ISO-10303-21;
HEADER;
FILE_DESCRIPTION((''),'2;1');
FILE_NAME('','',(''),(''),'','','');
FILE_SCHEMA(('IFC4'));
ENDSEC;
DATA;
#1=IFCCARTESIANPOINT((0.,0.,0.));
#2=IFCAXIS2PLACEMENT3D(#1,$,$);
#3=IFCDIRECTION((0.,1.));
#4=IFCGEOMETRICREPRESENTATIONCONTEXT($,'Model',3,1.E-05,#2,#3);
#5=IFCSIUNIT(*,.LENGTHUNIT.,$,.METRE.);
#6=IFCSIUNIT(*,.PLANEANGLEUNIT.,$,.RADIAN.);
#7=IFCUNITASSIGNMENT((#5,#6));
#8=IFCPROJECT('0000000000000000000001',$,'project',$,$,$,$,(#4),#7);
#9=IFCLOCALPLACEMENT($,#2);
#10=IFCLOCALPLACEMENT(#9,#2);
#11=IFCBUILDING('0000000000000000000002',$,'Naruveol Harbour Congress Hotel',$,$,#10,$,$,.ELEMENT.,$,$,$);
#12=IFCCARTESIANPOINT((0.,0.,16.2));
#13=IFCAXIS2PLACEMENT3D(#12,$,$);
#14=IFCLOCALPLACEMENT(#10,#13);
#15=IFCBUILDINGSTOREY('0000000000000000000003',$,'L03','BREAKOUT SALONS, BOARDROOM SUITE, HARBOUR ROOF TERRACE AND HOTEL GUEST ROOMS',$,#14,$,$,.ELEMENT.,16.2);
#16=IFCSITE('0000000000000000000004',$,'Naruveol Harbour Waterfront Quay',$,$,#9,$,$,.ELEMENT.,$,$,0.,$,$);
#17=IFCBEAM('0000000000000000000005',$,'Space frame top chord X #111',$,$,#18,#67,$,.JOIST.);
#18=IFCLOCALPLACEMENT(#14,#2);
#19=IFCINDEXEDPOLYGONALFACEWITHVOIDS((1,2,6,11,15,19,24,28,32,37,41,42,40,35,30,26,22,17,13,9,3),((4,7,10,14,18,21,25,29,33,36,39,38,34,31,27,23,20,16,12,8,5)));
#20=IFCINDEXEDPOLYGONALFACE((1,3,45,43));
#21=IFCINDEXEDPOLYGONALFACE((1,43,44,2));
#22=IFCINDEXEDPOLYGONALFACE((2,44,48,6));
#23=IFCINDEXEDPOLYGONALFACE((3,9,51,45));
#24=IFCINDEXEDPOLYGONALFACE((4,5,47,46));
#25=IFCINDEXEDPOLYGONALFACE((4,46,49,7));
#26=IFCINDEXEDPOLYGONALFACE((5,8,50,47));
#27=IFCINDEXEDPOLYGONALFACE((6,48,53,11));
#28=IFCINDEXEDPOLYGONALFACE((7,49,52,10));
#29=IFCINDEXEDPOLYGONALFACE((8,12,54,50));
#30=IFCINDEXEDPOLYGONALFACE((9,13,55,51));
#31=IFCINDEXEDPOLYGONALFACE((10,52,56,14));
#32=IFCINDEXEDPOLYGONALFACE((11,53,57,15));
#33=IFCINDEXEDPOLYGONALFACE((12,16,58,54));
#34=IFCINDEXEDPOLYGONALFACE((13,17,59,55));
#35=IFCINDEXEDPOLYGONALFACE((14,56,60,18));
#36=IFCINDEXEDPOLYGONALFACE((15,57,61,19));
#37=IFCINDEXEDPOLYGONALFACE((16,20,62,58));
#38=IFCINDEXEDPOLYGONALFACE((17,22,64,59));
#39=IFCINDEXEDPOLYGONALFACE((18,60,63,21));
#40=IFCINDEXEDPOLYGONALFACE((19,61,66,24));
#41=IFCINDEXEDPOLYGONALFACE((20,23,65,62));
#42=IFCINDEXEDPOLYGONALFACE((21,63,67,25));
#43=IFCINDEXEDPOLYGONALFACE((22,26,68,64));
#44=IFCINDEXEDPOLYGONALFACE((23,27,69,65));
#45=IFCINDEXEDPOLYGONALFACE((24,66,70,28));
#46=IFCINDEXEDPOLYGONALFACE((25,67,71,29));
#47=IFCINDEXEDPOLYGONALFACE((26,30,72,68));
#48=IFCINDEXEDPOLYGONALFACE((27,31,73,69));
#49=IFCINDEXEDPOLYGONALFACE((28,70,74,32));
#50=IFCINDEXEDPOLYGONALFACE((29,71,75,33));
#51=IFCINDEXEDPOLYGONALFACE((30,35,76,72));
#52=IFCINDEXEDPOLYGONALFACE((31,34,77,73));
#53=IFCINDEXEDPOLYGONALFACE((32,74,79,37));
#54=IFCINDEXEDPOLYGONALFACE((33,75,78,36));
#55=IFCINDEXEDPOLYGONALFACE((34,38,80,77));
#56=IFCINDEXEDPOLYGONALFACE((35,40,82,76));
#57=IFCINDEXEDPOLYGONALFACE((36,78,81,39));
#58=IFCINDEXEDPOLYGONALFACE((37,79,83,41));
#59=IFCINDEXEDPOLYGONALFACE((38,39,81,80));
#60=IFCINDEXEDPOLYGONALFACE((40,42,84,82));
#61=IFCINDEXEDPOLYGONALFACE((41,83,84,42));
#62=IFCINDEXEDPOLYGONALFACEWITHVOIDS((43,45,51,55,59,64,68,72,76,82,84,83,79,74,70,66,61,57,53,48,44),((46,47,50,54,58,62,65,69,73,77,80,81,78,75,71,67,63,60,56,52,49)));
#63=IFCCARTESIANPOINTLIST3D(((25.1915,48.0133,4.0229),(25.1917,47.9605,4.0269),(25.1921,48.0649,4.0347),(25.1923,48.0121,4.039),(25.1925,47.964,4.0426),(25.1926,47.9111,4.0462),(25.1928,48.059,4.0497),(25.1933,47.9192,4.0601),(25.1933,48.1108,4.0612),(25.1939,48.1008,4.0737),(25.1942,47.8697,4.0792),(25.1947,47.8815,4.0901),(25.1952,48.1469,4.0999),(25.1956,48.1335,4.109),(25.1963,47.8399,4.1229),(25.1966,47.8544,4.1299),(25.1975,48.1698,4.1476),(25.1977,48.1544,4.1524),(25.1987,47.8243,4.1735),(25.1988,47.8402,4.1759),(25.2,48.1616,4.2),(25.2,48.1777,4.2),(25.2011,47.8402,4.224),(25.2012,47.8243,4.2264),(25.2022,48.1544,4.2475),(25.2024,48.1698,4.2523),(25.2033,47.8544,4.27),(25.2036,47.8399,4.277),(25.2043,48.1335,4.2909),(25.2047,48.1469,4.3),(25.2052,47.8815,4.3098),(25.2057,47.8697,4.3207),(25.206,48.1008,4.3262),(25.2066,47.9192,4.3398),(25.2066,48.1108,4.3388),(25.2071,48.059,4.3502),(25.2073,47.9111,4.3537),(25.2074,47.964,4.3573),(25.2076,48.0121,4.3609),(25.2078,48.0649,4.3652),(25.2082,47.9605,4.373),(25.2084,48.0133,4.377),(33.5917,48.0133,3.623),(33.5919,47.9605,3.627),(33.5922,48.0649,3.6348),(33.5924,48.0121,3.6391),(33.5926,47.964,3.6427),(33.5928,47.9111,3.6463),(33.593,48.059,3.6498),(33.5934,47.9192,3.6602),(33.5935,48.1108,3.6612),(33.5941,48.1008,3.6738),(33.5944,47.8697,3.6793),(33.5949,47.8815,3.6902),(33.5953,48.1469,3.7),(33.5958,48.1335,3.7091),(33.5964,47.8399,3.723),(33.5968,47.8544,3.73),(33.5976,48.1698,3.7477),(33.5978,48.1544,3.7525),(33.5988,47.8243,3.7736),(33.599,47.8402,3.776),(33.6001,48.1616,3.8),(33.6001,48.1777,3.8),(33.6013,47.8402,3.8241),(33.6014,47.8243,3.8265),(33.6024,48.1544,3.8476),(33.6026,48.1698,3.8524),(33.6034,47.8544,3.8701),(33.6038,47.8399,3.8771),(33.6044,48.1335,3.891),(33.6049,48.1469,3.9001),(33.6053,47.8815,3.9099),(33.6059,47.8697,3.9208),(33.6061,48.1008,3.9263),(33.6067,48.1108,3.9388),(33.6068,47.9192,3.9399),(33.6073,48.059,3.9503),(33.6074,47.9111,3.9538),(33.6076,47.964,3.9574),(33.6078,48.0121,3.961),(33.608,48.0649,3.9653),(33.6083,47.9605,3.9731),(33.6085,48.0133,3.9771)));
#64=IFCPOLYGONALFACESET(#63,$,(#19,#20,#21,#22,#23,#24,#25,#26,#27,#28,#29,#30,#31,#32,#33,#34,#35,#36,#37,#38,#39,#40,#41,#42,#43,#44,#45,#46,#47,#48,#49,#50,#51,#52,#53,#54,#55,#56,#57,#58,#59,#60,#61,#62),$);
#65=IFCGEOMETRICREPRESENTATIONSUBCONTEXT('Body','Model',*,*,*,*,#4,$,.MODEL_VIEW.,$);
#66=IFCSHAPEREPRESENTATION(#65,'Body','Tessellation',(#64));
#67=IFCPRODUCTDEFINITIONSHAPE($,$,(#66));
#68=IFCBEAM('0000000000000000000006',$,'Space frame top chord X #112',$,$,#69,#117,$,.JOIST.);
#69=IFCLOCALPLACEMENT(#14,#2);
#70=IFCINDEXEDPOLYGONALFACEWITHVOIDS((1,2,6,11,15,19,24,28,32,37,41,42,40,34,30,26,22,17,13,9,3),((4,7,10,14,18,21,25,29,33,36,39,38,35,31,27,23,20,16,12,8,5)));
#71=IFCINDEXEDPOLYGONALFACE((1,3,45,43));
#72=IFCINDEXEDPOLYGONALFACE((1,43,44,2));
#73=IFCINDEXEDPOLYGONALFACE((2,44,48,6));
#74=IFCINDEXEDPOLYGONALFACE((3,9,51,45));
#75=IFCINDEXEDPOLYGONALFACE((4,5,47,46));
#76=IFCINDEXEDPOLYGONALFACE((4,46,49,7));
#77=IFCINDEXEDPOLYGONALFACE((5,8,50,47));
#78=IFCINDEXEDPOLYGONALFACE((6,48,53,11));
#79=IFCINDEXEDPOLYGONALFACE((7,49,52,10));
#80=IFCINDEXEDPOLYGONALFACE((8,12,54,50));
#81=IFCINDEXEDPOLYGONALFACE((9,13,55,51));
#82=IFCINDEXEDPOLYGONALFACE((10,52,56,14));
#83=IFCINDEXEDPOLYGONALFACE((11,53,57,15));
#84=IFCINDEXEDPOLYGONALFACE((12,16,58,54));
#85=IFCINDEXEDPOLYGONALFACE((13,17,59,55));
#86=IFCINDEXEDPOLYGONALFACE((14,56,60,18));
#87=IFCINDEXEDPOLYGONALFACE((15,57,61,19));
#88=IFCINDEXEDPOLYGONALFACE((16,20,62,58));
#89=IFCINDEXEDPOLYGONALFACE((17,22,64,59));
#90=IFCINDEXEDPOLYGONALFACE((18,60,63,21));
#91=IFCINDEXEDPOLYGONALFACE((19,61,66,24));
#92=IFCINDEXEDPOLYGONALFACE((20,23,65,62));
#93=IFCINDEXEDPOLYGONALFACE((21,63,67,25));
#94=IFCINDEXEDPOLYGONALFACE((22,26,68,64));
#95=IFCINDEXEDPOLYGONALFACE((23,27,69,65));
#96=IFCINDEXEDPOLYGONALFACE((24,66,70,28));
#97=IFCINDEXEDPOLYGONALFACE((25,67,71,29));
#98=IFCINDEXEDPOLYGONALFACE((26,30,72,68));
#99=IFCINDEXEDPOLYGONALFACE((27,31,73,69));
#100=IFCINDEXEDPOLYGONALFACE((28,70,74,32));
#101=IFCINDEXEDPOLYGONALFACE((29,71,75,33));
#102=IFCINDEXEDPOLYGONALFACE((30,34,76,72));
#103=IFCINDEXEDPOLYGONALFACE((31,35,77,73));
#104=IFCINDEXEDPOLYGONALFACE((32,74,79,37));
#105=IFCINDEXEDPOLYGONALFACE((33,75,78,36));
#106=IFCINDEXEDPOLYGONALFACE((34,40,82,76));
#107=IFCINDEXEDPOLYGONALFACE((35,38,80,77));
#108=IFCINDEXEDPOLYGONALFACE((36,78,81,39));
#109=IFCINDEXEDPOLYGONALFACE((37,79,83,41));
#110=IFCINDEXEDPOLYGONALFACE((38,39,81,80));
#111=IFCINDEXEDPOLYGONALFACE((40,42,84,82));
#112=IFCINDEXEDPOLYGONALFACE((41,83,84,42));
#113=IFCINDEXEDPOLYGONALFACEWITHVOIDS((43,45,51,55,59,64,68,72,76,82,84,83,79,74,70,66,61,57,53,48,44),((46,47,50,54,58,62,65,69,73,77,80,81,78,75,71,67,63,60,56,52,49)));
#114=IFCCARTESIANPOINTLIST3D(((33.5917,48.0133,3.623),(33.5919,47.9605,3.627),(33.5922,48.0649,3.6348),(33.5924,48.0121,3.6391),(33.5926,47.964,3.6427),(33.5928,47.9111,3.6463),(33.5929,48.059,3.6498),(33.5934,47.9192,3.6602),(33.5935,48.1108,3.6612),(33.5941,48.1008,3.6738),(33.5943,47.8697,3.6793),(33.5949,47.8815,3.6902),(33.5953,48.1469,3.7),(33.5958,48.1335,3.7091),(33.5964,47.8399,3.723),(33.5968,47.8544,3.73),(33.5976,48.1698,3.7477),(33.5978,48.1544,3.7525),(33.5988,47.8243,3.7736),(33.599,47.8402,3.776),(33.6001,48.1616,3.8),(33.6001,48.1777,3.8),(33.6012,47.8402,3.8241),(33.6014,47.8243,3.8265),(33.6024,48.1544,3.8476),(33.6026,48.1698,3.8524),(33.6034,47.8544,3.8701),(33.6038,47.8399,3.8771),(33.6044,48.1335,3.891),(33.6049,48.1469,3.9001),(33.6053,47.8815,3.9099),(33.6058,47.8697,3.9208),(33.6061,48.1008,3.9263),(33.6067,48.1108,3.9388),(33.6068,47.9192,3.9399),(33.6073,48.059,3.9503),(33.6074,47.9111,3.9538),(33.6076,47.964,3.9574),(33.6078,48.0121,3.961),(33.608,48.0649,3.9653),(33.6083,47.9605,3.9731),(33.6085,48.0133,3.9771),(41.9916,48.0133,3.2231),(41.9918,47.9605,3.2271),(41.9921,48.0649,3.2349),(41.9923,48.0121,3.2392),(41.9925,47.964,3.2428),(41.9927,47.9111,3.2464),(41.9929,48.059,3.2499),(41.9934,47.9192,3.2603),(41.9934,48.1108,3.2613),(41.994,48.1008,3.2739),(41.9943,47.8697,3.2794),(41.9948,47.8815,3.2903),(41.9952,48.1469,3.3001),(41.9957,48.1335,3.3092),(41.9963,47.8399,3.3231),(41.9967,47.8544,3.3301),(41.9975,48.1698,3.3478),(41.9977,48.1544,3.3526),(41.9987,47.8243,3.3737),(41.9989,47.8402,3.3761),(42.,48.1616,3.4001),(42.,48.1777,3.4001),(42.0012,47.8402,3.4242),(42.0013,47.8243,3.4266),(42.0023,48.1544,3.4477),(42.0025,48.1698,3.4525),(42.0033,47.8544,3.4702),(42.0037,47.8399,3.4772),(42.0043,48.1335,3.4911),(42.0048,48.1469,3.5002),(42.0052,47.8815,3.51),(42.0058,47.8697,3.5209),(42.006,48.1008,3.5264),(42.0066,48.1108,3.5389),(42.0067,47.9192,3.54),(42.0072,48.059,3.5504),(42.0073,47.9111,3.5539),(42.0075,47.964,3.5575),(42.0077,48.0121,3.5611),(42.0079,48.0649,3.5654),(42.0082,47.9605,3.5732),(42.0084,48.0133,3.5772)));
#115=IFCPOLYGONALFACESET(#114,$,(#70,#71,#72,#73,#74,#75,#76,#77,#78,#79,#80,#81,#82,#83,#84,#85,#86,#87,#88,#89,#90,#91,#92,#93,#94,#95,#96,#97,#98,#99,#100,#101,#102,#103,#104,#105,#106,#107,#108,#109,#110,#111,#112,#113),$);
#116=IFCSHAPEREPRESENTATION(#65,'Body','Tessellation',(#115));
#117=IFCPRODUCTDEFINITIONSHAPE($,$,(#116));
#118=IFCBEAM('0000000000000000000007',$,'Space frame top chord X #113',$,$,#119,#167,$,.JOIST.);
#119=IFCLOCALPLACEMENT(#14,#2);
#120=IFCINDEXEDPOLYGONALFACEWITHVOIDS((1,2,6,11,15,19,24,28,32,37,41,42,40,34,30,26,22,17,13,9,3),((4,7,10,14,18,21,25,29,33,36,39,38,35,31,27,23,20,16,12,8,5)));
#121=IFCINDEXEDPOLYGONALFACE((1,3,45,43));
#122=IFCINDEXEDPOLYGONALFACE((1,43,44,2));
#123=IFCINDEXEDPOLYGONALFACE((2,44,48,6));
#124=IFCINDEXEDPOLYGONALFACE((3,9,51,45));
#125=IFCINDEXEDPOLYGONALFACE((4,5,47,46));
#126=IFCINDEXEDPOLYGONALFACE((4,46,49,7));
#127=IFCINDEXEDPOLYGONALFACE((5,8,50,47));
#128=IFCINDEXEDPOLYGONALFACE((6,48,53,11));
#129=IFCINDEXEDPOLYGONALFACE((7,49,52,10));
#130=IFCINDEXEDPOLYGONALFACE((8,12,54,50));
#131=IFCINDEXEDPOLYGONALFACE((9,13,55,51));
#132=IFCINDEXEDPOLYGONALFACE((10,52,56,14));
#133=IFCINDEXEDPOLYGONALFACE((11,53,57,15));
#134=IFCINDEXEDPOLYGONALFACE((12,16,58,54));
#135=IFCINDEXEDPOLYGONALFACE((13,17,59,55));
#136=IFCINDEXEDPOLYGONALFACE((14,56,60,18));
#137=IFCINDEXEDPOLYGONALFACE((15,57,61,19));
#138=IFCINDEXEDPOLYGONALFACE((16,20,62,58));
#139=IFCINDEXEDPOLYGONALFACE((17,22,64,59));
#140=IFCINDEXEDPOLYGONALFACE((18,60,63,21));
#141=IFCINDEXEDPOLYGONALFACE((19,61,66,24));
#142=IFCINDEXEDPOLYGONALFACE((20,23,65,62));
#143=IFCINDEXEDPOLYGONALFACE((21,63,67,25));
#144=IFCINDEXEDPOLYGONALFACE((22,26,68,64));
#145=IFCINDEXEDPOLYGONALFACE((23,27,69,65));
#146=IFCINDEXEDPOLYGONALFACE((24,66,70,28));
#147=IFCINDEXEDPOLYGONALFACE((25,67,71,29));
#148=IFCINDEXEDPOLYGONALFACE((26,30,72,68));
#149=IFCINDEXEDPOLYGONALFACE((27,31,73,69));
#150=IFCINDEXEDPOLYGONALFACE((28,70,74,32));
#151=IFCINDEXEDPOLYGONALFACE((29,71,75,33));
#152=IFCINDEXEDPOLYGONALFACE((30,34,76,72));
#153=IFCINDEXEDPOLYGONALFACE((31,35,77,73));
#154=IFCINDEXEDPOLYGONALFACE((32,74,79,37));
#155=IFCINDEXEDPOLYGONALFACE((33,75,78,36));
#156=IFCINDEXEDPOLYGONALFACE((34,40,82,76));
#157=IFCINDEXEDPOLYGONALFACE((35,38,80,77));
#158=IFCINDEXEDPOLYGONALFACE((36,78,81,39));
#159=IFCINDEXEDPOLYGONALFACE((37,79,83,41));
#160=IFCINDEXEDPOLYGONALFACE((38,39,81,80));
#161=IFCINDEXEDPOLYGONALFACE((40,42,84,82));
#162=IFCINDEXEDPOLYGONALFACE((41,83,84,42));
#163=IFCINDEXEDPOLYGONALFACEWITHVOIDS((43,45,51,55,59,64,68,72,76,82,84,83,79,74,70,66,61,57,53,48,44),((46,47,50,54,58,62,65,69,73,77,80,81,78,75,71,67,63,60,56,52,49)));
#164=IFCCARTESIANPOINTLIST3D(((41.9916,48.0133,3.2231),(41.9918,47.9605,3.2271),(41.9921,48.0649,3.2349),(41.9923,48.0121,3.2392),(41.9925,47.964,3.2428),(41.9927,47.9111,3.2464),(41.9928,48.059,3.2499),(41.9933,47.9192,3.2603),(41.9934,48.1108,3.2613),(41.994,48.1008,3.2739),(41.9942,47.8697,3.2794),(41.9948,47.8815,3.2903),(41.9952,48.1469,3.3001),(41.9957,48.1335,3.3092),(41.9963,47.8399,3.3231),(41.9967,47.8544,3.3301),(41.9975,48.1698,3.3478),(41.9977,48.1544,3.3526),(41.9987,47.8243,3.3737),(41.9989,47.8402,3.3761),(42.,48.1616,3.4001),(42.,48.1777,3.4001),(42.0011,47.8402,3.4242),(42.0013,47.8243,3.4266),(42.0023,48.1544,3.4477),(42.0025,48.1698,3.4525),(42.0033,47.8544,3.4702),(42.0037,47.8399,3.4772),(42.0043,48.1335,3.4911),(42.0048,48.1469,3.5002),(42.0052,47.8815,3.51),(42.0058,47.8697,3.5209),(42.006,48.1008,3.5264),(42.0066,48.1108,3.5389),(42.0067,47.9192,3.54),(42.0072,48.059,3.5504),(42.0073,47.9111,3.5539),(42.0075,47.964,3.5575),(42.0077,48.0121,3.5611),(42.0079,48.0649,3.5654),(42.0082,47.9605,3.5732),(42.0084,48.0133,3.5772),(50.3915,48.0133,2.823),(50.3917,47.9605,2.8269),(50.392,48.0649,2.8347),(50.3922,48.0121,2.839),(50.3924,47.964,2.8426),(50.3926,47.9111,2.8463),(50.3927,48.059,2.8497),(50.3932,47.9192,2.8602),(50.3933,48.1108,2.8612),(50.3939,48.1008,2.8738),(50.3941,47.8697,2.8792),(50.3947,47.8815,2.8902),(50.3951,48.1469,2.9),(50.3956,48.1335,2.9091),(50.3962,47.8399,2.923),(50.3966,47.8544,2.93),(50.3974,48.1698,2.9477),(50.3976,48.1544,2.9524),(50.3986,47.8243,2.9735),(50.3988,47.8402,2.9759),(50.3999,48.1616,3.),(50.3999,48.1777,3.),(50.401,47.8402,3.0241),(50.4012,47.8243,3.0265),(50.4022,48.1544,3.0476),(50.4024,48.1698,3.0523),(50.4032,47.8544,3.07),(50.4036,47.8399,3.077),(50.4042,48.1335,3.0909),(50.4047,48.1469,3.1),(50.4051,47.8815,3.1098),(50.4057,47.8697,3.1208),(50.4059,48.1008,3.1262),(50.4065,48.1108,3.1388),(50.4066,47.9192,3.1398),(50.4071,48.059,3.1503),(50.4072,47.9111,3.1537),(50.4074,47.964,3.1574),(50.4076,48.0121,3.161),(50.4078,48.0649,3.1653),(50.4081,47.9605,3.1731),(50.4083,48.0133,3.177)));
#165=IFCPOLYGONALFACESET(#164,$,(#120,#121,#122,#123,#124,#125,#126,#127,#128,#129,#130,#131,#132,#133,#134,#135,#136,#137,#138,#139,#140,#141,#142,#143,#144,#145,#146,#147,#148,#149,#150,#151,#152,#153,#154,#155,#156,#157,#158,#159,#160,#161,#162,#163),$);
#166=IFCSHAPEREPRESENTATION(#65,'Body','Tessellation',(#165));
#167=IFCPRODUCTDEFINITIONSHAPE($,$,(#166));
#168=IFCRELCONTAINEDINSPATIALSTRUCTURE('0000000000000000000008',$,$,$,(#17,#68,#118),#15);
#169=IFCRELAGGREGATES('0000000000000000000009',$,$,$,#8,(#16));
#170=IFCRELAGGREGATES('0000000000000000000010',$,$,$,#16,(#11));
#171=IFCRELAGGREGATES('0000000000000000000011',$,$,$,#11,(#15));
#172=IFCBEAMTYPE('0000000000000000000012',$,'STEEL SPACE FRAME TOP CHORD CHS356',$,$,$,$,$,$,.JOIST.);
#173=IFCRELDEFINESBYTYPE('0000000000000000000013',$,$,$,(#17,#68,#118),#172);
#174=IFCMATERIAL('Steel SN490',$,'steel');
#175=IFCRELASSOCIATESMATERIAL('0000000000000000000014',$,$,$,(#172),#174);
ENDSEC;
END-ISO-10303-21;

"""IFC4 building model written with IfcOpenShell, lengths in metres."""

from ifc_helpers import new_model, si_unit, direction, frame, origin, origin_2d, place, context, subcontext, project, spatial, hollow_circle, extrude, material, material_profile, profile_set, type_object, element, save


model = new_model("IFC4")

# Units and contexts
model_context = context("Model", 3, precision=1e-05, world=origin(), true_north=direction((0.0, 1.0)))
body_context = subcontext(model_context, "Body", "Model", "MODEL_VIEW")
ifc_project = project(units=[si_unit("LENGTHUNIT", "METRE"), si_unit("PLANEANGLEUNIT", "RADIAN")], contexts=[model_context])

# Site, building, storey
site_placement = place(None, origin())
site = spatial("IfcSite", under=ifc_project, at=site_placement, Name="Naruveol Harbour Waterfront Quay", CompositionType="ELEMENT", RefElevation=0.0)
building_placement = place(site_placement, origin())
building = spatial("IfcBuilding", under=site, at=building_placement, Name="Naruveol Harbour Congress Hotel", CompositionType="ELEMENT")
storey_placement = place(building_placement, frame((0.0, 0.0, 16.2)))
storey = spatial("IfcBuildingStorey", under=building, at=storey_placement, Name="L03", Description="BREAKOUT SALONS, BOARDROOM SUITE, HARBOUR ROOF TERRACE AND HOTEL GUEST ROOMS", CompositionType="ELEMENT", Elevation=16.2)

# Beams
ifc_material_1 = material(Name="Steel SN490", Category="steel")
ifc_material_profile_1 = material_profile(ifc_material_1, hollow_circle(Radius=0.1777, WallThickness=0.0161, at=origin_2d()), Name="CHS-355.6x16")
ifc_profile_set_1 = profile_set([ifc_material_profile_1], Name="Steel SN490")
beam_type_1 = type_object("IfcBeamType", Name="STEEL SPACE FRAME TOP CHORD CHS356", PredefinedType="JOIST", material=ifc_profile_set_1)
beam_1_placement = place(storey_placement, frame((25.2, 48.0, 4.2), z_axis=(0.998869, 0.0, -0.047553), x_axis=(0.0, 1.0, 0.0)))
element("IfcBeam", 1, at=beam_1_placement, inside=storey, type_object=beam_type_1, Name="Space frame top chord X #111", PredefinedType="JOIST", context=body_context, shape_type="SweptSolid", body=[
    extrude(hollow_circle(Radius=0.1777, WallThickness=0.0161, at=origin_2d()), origin(), (0.0, 0.0, 1.0), 8.4097),
])
for number, where, z_axis, x_axis, name in (
    (2, (33.6001, 48.0, 3.8), (0.998869, 0.0, -0.047554), (0.0, 1.0, 0.0), "Space frame top chord X #112"),
    (3, (42.0, 48.0, 3.4001), (0.998867, 0.0, -0.047583), (0.0, 1.0, 0.0), "Space frame top chord X #113"),
):
    element("IfcBeam", number, at=place(storey_placement, frame(where, z_axis=z_axis, x_axis=x_axis)), inside=storey, type_object=beam_type_1, Name=name, PredefinedType="JOIST", context=body_context, shape_type="SweptSolid", body=[
        extrude(hollow_circle(Radius=0.1777, WallThickness=0.0161, at=origin_2d()), origin(), (0.0, 0.0, 1.0), 8.4094),
    ])

save(model, "model.ifc")
